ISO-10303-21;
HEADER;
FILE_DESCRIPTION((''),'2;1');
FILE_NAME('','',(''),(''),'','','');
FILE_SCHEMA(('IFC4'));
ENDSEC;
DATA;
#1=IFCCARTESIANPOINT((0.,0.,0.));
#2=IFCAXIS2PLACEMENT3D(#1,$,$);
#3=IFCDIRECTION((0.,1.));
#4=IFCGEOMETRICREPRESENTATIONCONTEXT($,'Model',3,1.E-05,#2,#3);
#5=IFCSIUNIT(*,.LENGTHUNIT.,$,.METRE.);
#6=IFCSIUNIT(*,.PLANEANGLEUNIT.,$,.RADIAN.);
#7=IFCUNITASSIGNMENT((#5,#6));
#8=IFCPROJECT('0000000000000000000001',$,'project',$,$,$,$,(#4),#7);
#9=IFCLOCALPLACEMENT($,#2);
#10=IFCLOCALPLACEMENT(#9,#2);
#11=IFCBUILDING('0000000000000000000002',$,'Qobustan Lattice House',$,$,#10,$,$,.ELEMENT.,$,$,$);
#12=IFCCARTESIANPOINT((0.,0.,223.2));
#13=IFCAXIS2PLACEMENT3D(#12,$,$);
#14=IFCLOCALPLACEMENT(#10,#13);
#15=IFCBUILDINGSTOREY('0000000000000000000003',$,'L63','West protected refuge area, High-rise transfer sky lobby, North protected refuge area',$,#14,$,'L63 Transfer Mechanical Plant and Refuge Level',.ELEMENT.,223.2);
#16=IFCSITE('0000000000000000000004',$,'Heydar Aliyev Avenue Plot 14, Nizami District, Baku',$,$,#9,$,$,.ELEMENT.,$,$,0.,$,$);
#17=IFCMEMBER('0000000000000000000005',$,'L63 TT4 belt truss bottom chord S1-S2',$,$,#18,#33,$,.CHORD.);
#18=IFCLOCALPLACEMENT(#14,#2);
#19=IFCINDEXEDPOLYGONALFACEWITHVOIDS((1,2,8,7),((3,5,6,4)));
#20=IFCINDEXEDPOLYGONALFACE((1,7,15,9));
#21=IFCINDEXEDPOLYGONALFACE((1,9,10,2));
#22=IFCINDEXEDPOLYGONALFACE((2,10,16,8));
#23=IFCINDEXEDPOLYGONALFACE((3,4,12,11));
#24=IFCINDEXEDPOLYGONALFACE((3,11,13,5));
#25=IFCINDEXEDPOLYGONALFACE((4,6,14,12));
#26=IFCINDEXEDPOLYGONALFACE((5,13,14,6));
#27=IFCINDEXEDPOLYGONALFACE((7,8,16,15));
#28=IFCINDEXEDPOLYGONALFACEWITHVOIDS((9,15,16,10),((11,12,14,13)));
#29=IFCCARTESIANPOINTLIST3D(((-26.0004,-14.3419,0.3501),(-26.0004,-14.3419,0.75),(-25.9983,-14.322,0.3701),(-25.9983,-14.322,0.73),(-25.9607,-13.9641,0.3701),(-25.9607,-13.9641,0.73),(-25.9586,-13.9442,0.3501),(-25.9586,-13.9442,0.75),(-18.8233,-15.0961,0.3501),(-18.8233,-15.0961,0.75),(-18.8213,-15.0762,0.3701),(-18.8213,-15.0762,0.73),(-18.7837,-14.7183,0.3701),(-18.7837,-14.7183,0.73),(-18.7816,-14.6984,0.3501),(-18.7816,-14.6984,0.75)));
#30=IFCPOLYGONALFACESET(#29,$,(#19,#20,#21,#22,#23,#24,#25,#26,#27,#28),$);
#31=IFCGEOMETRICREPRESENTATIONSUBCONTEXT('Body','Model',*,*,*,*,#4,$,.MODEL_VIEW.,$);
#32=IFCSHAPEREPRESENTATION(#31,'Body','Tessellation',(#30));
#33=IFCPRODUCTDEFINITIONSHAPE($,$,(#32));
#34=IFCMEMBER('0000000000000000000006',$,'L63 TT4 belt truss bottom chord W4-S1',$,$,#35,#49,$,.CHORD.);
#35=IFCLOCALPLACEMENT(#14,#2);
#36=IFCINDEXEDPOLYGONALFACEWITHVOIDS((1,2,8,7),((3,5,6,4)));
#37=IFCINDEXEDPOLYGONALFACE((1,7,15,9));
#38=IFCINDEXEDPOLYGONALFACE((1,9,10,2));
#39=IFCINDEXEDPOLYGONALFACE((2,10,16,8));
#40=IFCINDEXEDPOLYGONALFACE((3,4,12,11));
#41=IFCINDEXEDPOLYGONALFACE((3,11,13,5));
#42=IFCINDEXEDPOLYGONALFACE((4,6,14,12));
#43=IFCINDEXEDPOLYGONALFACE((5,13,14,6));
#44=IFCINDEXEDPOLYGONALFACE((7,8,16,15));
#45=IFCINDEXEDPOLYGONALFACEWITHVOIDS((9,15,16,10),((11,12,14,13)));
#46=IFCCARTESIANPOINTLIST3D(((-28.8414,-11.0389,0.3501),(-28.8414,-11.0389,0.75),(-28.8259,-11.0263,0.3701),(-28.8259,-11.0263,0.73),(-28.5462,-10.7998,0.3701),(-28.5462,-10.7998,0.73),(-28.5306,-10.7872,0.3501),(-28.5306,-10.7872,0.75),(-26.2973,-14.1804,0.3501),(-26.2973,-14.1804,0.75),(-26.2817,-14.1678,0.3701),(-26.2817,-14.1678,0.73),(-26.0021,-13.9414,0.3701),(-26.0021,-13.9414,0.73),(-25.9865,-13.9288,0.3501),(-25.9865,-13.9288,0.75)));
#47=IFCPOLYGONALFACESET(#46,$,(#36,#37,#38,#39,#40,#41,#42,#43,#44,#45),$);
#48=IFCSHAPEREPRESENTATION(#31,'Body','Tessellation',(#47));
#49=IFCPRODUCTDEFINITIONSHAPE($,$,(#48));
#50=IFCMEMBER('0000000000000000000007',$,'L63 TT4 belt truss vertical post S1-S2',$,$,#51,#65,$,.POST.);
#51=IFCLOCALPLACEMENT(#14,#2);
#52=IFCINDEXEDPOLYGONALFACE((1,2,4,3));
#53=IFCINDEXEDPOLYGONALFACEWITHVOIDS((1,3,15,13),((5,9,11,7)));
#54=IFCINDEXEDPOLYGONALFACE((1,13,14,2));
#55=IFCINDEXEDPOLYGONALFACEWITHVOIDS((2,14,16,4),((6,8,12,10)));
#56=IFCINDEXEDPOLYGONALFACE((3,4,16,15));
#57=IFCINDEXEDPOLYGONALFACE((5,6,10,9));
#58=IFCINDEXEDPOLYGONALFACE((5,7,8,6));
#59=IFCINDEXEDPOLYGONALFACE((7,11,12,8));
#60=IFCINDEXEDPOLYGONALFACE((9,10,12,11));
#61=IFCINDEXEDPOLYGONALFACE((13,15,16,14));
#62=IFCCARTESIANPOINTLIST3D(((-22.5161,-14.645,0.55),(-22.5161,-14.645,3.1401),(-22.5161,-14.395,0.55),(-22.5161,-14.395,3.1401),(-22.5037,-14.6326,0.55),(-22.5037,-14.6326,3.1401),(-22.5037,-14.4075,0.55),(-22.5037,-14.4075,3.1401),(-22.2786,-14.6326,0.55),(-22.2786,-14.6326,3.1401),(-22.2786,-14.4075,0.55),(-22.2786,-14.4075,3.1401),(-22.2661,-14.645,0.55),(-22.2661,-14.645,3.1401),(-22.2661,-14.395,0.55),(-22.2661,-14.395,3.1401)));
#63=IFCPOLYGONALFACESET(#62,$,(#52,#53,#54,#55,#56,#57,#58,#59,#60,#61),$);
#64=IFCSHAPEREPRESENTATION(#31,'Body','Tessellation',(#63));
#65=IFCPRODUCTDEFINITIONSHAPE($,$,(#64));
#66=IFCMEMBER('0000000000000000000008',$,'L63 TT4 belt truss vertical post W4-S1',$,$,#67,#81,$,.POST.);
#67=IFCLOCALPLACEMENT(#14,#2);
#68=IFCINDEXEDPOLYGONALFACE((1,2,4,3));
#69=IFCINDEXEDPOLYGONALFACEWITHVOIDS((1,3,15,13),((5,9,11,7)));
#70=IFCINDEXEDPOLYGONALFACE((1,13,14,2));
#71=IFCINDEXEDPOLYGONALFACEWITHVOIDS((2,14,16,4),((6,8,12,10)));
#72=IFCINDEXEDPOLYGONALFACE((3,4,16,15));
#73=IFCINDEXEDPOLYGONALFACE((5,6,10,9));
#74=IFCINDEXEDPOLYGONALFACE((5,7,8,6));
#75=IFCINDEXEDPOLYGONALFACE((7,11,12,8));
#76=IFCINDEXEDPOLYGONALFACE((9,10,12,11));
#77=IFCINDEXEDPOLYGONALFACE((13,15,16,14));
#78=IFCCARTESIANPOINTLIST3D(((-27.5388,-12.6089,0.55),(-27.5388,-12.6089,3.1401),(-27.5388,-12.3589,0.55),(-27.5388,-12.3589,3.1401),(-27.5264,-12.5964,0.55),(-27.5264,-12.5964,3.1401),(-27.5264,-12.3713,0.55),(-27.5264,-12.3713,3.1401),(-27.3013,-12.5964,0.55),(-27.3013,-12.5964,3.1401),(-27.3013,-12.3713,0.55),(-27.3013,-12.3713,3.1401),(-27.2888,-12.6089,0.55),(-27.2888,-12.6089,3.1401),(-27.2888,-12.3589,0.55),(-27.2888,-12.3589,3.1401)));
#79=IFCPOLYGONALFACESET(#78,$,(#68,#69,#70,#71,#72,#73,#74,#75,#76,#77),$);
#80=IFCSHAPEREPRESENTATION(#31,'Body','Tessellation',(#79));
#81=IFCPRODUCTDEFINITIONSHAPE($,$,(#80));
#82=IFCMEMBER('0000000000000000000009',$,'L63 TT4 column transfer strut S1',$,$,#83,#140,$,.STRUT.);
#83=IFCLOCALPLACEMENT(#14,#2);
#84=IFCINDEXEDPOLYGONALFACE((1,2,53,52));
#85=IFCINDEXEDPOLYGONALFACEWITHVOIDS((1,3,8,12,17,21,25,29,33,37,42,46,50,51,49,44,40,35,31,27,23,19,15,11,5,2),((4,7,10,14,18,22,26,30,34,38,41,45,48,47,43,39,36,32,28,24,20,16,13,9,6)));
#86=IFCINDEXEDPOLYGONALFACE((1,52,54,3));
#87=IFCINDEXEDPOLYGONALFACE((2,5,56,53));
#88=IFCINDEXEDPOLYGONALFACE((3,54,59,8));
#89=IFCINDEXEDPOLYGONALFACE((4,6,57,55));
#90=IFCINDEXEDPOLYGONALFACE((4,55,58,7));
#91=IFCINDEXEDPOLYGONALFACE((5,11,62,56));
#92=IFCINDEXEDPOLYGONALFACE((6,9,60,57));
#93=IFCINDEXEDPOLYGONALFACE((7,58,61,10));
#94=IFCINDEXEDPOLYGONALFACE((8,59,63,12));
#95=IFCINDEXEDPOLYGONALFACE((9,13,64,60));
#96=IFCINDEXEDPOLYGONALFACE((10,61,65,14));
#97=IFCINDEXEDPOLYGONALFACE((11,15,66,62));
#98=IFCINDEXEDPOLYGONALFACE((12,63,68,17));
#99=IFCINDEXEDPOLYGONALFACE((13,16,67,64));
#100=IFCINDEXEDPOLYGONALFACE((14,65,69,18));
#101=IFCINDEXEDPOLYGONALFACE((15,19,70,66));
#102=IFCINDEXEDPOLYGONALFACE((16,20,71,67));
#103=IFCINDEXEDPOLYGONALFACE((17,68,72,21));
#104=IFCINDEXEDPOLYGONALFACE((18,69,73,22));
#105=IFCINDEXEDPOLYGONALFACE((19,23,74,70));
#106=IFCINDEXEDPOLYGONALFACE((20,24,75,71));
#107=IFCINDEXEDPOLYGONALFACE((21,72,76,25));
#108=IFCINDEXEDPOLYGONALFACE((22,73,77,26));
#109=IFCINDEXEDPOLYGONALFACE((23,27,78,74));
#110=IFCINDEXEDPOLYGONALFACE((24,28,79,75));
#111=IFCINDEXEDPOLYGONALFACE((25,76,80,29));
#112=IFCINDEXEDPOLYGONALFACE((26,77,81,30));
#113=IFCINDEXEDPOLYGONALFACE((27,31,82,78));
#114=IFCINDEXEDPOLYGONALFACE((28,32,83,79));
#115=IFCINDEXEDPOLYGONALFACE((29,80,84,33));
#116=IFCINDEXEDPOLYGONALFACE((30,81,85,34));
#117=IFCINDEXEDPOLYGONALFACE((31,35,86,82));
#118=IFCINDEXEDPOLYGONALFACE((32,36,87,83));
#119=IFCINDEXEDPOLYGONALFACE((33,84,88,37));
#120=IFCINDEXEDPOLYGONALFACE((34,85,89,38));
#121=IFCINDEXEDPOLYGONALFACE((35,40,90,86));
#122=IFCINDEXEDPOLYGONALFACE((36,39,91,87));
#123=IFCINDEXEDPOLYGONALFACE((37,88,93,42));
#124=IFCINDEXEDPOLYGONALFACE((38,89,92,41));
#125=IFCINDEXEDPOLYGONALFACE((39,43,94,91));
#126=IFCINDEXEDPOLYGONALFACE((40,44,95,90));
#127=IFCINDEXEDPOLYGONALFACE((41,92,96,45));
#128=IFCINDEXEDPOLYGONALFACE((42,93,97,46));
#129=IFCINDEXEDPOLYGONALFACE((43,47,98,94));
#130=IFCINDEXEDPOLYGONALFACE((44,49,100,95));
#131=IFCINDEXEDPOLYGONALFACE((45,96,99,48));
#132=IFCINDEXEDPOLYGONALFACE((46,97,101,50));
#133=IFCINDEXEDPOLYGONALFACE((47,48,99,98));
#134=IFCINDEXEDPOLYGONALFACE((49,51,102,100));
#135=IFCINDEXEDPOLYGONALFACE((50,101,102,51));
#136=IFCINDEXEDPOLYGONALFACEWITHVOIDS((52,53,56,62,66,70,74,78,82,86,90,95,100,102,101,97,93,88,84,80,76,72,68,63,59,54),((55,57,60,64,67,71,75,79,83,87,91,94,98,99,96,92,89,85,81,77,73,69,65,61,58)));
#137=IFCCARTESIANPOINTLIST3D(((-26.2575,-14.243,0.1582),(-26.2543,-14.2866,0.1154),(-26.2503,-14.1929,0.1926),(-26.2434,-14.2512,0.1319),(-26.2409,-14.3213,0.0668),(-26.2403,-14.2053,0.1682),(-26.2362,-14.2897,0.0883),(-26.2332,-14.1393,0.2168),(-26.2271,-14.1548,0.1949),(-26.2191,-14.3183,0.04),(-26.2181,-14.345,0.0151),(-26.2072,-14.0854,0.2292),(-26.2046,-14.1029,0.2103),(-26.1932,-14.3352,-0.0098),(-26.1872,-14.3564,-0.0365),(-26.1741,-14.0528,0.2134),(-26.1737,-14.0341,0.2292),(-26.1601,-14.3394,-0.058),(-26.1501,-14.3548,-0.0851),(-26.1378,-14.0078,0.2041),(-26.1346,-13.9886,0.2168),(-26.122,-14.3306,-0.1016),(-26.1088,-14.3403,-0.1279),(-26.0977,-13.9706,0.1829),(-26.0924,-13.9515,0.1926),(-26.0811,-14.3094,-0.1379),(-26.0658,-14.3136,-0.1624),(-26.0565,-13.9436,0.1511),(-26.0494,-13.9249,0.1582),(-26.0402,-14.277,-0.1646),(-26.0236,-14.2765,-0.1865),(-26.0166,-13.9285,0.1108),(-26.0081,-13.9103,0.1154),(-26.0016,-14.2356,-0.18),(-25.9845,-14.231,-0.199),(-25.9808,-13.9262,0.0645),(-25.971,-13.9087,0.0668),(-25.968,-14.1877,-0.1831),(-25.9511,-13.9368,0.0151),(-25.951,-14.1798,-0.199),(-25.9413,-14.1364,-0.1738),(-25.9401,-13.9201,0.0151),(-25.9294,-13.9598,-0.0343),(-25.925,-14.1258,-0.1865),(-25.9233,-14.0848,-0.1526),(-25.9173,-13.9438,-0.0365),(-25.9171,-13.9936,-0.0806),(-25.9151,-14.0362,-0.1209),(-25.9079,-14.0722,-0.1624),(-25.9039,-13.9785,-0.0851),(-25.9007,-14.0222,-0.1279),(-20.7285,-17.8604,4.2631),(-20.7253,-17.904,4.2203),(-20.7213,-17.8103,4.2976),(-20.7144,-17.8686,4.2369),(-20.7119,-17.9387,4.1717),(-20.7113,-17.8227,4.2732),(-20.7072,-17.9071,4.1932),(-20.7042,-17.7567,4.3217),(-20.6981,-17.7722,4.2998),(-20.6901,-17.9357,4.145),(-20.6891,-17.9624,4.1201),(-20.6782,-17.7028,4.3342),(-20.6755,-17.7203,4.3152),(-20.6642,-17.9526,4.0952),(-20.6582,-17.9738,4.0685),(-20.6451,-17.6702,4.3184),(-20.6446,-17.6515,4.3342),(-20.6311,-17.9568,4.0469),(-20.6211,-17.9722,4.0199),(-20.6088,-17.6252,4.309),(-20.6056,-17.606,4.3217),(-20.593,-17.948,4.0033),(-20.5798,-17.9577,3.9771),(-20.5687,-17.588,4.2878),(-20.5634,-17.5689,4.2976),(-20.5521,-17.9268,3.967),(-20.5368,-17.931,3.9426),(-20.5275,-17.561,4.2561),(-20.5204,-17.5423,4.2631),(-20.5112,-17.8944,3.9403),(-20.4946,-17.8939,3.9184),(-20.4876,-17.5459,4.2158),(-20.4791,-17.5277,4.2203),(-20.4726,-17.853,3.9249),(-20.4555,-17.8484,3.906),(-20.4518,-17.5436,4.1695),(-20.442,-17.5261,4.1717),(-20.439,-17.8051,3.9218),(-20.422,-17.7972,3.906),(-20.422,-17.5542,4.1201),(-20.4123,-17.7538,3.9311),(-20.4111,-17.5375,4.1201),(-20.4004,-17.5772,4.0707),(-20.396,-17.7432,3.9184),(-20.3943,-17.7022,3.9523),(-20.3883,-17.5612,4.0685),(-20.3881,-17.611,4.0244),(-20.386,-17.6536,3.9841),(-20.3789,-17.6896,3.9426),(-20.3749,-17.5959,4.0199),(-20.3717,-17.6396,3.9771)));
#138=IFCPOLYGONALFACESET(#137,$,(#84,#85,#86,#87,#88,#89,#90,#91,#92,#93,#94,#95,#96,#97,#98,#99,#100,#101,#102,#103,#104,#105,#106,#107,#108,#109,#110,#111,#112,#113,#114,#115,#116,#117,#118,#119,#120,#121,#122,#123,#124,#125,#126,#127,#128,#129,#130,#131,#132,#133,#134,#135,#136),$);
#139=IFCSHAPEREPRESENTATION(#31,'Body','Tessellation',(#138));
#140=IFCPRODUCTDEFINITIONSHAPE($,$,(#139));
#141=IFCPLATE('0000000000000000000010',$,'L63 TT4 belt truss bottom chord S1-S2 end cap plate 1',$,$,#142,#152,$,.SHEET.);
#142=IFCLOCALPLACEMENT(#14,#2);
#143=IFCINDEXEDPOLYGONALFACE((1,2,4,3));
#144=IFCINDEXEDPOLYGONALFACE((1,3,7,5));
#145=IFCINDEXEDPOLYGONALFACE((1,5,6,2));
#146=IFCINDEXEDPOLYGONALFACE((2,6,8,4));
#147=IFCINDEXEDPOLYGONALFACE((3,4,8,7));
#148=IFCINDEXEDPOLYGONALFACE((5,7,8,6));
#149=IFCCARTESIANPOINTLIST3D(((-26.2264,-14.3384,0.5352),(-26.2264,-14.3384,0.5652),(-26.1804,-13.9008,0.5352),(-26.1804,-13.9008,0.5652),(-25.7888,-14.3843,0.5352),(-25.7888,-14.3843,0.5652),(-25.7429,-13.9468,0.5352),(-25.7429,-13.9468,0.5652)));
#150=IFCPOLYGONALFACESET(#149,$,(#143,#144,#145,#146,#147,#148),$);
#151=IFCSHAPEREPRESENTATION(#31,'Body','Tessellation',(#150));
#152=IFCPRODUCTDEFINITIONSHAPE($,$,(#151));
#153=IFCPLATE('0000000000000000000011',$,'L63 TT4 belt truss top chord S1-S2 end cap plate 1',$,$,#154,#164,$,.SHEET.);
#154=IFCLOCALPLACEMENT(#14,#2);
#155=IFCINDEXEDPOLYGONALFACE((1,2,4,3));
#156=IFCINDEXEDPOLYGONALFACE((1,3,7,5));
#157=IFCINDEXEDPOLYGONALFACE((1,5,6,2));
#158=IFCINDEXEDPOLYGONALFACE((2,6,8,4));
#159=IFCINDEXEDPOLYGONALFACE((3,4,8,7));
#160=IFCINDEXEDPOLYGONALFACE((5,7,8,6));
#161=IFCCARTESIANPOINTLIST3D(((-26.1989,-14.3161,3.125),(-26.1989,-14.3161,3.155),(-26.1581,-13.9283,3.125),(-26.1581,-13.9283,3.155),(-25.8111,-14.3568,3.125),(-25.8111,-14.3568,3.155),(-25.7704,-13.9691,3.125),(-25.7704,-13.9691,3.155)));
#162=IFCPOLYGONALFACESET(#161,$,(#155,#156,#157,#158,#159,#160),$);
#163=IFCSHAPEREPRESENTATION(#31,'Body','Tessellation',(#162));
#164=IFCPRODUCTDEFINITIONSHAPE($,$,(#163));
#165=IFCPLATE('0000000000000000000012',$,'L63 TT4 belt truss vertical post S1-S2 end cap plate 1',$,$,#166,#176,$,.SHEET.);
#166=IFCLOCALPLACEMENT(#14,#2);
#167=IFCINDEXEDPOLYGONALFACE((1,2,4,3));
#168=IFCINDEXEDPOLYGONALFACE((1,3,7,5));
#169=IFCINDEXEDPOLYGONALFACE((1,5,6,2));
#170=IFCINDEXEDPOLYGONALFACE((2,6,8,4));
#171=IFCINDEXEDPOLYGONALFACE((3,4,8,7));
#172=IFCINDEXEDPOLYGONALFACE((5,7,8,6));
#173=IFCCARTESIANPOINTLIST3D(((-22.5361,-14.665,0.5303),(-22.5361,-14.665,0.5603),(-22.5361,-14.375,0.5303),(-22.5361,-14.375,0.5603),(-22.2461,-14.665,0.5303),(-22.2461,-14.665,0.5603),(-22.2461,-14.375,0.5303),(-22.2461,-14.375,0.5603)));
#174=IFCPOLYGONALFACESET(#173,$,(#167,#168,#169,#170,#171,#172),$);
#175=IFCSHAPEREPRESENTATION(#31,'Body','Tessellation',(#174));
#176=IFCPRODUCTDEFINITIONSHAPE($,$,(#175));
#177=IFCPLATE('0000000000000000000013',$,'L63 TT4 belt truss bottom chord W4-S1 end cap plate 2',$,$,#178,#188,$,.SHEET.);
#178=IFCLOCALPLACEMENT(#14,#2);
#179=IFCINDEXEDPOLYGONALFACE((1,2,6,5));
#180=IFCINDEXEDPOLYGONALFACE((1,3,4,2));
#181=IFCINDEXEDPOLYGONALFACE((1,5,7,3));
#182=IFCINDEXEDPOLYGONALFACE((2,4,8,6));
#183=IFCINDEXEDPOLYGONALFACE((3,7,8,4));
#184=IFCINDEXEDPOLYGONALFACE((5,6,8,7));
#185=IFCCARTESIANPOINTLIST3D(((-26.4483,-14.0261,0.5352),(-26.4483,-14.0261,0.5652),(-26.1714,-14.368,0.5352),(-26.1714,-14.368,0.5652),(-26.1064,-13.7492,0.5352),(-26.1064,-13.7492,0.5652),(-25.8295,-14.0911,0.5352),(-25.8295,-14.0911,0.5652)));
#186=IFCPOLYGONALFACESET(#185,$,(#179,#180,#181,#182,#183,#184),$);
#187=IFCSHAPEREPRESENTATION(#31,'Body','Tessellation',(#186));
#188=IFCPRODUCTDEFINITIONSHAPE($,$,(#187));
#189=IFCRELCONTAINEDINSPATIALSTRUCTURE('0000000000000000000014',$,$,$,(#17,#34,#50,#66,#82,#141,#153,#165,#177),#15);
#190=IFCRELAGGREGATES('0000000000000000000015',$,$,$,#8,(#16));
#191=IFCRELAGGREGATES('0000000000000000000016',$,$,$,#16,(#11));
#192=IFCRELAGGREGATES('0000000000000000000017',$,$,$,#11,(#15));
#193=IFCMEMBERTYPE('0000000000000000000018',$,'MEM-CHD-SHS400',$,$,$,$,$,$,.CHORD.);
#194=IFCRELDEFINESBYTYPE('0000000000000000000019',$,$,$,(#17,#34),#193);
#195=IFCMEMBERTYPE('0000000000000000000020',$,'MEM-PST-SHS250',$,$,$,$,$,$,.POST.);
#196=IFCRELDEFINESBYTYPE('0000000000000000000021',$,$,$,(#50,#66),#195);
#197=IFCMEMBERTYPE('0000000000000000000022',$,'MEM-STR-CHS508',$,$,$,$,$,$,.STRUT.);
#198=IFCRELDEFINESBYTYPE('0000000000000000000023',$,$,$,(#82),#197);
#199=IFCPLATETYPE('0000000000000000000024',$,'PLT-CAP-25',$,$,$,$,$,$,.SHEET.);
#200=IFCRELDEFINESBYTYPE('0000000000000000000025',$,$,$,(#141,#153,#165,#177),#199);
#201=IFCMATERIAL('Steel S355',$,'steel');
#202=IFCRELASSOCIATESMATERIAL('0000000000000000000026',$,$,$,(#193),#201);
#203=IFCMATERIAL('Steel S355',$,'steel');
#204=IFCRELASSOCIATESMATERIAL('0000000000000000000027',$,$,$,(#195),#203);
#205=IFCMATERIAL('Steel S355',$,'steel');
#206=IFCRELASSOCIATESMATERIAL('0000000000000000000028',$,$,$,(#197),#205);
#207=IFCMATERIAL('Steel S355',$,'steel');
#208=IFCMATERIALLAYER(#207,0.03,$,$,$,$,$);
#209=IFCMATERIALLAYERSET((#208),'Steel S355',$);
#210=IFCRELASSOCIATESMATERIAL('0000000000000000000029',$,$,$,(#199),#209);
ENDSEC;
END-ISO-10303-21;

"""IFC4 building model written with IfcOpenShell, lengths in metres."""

from ifc_helpers import new_model, si_unit, direction, frame, origin, origin_2d, place, context, subcontext, project, spatial, rectangle, hollow_rectangle, hollow_circle, extrude, material, layer, layer_set, material_profile, profile_set, type_object, element, save


model = new_model("IFC4")

# Units and contexts
model_context = context("Model", 3, precision=1e-05, world=origin(), true_north=direction((0.0, 1.0)))
body_context = subcontext(model_context, "Body", "Model", "MODEL_VIEW")
ifc_project = project(units=[si_unit("LENGTHUNIT", "METRE"), si_unit("PLANEANGLEUNIT", "RADIAN")], contexts=[model_context])

# Site, building, storey
site_placement = place(None, origin())
site = spatial("IfcSite", under=ifc_project, at=site_placement, Name="Heydar Aliyev Avenue Plot 14, Nizami District, Baku", CompositionType="ELEMENT", RefElevation=0.0)
building_placement = place(site_placement, origin())
building = spatial("IfcBuilding", under=site, at=building_placement, Name="Qobustan Lattice House", CompositionType="ELEMENT")
storey_placement = place(building_placement, frame((0.0, 0.0, 223.2)))
storey = spatial("IfcBuildingStorey", under=building, at=storey_placement, Name="L63", Description="West protected refuge area, High-rise transfer sky lobby, North protected refuge area", LongName="L63 Transfer Mechanical Plant and Refuge Level", CompositionType="ELEMENT", Elevation=223.2)

# Members
ifc_material_1 = material(Name="Steel S355", Category="steel")
ifc_material_profile_1 = material_profile(ifc_material_1, hollow_rectangle(XDim=0.3999, YDim=0.3999, WallThickness=0.02, at=origin_2d()), Name="SHS400x400x20")
ifc_profile_set_1 = profile_set([ifc_material_profile_1], Name="Steel S355")
member_type_1 = type_object("IfcMemberType", Name="MEM-CHD-SHS400", PredefinedType="CHORD", material=ifc_profile_set_1)
member_1_placement = place(storey_placement, frame((-25.9795, -14.1431, 0.55), z_axis=(0.994525, -0.104503, 0.0), x_axis=(0.104503, 0.994525, 0.0)))
element("IfcMember", 1, at=member_1_placement, inside=storey, type_object=member_type_1, Name="L63 TT4 belt truss bottom chord S1-S2", PredefinedType="CHORD", context=body_context, shape_type="SweptSolid", body=[
    extrude(hollow_rectangle(XDim=0.3999, YDim=0.3999, WallThickness=0.02, at=origin_2d()), origin(), (0.0, 0.0, 1.0), 7.2166),
])
member_2_placement = place(storey_placement, frame((-28.686, -10.9131, 0.55), z_axis=(0.629346, -0.777125, 0.0), x_axis=(0.777125, 0.629346, 0.0)))
element("IfcMember", 2, at=member_2_placement, inside=storey, type_object=member_type_1, Name="L63 TT4 belt truss bottom chord W4-S1", PredefinedType="CHORD", context=body_context, shape_type="SweptSolid", body=[
    extrude(hollow_rectangle(XDim=0.3999, YDim=0.3999, WallThickness=0.02, at=origin_2d()), origin(), (0.0, 0.0, 1.0), 4.0425),
])
ifc_material_2 = material(Name="Steel S355", Category="steel")
ifc_material_profile_2 = material_profile(ifc_material_2, hollow_rectangle(XDim=0.25, YDim=0.25, WallThickness=0.0125, at=origin_2d()), Name="SHS250x250x12.5")
ifc_profile_set_2 = profile_set([ifc_material_profile_2], Name="Steel S355")
member_type_2 = type_object("IfcMemberType", Name="MEM-PST-SHS250", PredefinedType="POST", material=ifc_profile_set_2)
for number, where, z_axis, x_axis, name in (
    (3, (-22.3911, -14.52, 0.55), (0.0, 0.0, 1.0), (1.0, 0.0, 0.0), "L63 TT4 belt truss vertical post S1-S2"),
    (4, (-27.4138, -12.4839, 0.55), (0.0, 0.0, 1.0), (1.0, 0.0, 0.0), "L63 TT4 belt truss vertical post W4-S1"),
):
    element("IfcMember", number, at=place(storey_placement, frame(where, z_axis=z_axis, x_axis=x_axis)), inside=storey, type_object=member_type_2, Name=name, PredefinedType="POST", context=body_context, shape_type="SweptSolid", body=[
        extrude(hollow_rectangle(XDim=0.25, YDim=0.25, WallThickness=0.0125, at=origin_2d()), origin(), (0.0, 0.0, 1.0), 2.5901),
    ])
ifc_material_3 = material(Name="Steel S355", Category="steel")
ifc_material_profile_3 = material_profile(ifc_material_3, hollow_circle(Radius=0.2539, WallThickness=0.02, at=origin_2d()), Name="CHS508x20")
ifc_profile_set_3 = profile_set([ifc_material_profile_3], Name="Steel S355")
member_type_3 = type_object("IfcMemberType", Name="MEM-STR-CHS508", PredefinedType="STRUT", material=ifc_profile_set_3)
member_3_placement = place(storey_placement, frame((-26.0791, -14.1326, 0.0151), z_axis=(0.7108, -0.465047, 0.527725), x_axis=(0.547491, 0.836811, 0.0)))
element("IfcMember", 5, at=member_3_placement, inside=storey, type_object=member_type_3, Name="L63 TT4 column transfer strut S1", PredefinedType="STRUT", context=body_context, shape_type="SweptSolid", body=[
    extrude(hollow_circle(Radius=0.2539, WallThickness=0.02, at=origin_2d()), origin(), (0.0, 0.0, 1.0), 7.7786),
])

# Plates
ifc_material_4 = material(Name="Steel S355", Category="steel")
ifc_layer_1 = layer(ifc_material_4, 0.03)
ifc_layer_set_1 = layer_set([ifc_layer_1], Name="Steel S355")
plate_type = type_object("IfcPlateType", Name="PLT-CAP-25", PredefinedType="SHEET", material=ifc_layer_set_1)
plate_1_placement = place(storey_placement, frame((-25.9846, -14.1426, 0.5352), z_axis=(0.0, 0.0, 1.0), x_axis=(0.994524, -0.104511, 0.0)))
element("IfcPlate", 6, at=plate_1_placement, inside=storey, type_object=plate_type, Name="L63 TT4 belt truss bottom chord S1-S2 end cap plate 1", PredefinedType="SHEET", context=body_context, shape_type="SweptSolid", body=[
    extrude(rectangle(XDim=0.4399, YDim=0.4399, at=origin_2d()), origin(), (0.0, 0.0, 1.0), 0.03),
])
plate_2_placement = place(storey_placement, frame((-25.9846, -14.1426, 3.125), z_axis=(0.0, 0.0, 1.0), x_axis=(0.994524, -0.104511, 0.0)))
element("IfcPlate", 7, at=plate_2_placement, inside=storey, type_object=plate_type, Name="L63 TT4 belt truss top chord S1-S2 end cap plate 1", PredefinedType="SHEET", context=body_context, shape_type="SweptSolid", body=[
    extrude(rectangle(XDim=0.3899, YDim=0.3899, at=origin_2d()), origin(), (0.0, 0.0, 1.0), 0.03),
])
plate_3_placement = place(storey_placement, frame((-22.3911, -14.52, 0.5303), z_axis=(0.0, 0.0, 1.0), x_axis=(1.0, 0.0, 0.0)))
element("IfcPlate", 8, at=plate_3_placement, inside=storey, type_object=plate_type, Name="L63 TT4 belt truss vertical post S1-S2 end cap plate 1", PredefinedType="SHEET", context=body_context, shape_type="SweptSolid", body=[
    extrude(rectangle(XDim=0.29, YDim=0.29, at=origin_2d()), origin(), (0.0, 0.0, 1.0), 0.03),
])
plate_4_placement = place(storey_placement, frame((-26.1389, -14.0586, 0.5352), z_axis=(0.0, 0.0, 1.0), x_axis=(0.629307, -0.777157, 0.0)))
element("IfcPlate", 9, at=plate_4_placement, inside=storey, type_object=plate_type, Name="L63 TT4 belt truss bottom chord W4-S1 end cap plate 2", PredefinedType="SHEET", context=body_context, shape_type="SweptSolid", body=[
    extrude(rectangle(XDim=0.4399, YDim=0.4399, at=origin_2d()), origin(), (0.0, 0.0, 1.0), 0.03),
])

save(model, "model.ifc")
